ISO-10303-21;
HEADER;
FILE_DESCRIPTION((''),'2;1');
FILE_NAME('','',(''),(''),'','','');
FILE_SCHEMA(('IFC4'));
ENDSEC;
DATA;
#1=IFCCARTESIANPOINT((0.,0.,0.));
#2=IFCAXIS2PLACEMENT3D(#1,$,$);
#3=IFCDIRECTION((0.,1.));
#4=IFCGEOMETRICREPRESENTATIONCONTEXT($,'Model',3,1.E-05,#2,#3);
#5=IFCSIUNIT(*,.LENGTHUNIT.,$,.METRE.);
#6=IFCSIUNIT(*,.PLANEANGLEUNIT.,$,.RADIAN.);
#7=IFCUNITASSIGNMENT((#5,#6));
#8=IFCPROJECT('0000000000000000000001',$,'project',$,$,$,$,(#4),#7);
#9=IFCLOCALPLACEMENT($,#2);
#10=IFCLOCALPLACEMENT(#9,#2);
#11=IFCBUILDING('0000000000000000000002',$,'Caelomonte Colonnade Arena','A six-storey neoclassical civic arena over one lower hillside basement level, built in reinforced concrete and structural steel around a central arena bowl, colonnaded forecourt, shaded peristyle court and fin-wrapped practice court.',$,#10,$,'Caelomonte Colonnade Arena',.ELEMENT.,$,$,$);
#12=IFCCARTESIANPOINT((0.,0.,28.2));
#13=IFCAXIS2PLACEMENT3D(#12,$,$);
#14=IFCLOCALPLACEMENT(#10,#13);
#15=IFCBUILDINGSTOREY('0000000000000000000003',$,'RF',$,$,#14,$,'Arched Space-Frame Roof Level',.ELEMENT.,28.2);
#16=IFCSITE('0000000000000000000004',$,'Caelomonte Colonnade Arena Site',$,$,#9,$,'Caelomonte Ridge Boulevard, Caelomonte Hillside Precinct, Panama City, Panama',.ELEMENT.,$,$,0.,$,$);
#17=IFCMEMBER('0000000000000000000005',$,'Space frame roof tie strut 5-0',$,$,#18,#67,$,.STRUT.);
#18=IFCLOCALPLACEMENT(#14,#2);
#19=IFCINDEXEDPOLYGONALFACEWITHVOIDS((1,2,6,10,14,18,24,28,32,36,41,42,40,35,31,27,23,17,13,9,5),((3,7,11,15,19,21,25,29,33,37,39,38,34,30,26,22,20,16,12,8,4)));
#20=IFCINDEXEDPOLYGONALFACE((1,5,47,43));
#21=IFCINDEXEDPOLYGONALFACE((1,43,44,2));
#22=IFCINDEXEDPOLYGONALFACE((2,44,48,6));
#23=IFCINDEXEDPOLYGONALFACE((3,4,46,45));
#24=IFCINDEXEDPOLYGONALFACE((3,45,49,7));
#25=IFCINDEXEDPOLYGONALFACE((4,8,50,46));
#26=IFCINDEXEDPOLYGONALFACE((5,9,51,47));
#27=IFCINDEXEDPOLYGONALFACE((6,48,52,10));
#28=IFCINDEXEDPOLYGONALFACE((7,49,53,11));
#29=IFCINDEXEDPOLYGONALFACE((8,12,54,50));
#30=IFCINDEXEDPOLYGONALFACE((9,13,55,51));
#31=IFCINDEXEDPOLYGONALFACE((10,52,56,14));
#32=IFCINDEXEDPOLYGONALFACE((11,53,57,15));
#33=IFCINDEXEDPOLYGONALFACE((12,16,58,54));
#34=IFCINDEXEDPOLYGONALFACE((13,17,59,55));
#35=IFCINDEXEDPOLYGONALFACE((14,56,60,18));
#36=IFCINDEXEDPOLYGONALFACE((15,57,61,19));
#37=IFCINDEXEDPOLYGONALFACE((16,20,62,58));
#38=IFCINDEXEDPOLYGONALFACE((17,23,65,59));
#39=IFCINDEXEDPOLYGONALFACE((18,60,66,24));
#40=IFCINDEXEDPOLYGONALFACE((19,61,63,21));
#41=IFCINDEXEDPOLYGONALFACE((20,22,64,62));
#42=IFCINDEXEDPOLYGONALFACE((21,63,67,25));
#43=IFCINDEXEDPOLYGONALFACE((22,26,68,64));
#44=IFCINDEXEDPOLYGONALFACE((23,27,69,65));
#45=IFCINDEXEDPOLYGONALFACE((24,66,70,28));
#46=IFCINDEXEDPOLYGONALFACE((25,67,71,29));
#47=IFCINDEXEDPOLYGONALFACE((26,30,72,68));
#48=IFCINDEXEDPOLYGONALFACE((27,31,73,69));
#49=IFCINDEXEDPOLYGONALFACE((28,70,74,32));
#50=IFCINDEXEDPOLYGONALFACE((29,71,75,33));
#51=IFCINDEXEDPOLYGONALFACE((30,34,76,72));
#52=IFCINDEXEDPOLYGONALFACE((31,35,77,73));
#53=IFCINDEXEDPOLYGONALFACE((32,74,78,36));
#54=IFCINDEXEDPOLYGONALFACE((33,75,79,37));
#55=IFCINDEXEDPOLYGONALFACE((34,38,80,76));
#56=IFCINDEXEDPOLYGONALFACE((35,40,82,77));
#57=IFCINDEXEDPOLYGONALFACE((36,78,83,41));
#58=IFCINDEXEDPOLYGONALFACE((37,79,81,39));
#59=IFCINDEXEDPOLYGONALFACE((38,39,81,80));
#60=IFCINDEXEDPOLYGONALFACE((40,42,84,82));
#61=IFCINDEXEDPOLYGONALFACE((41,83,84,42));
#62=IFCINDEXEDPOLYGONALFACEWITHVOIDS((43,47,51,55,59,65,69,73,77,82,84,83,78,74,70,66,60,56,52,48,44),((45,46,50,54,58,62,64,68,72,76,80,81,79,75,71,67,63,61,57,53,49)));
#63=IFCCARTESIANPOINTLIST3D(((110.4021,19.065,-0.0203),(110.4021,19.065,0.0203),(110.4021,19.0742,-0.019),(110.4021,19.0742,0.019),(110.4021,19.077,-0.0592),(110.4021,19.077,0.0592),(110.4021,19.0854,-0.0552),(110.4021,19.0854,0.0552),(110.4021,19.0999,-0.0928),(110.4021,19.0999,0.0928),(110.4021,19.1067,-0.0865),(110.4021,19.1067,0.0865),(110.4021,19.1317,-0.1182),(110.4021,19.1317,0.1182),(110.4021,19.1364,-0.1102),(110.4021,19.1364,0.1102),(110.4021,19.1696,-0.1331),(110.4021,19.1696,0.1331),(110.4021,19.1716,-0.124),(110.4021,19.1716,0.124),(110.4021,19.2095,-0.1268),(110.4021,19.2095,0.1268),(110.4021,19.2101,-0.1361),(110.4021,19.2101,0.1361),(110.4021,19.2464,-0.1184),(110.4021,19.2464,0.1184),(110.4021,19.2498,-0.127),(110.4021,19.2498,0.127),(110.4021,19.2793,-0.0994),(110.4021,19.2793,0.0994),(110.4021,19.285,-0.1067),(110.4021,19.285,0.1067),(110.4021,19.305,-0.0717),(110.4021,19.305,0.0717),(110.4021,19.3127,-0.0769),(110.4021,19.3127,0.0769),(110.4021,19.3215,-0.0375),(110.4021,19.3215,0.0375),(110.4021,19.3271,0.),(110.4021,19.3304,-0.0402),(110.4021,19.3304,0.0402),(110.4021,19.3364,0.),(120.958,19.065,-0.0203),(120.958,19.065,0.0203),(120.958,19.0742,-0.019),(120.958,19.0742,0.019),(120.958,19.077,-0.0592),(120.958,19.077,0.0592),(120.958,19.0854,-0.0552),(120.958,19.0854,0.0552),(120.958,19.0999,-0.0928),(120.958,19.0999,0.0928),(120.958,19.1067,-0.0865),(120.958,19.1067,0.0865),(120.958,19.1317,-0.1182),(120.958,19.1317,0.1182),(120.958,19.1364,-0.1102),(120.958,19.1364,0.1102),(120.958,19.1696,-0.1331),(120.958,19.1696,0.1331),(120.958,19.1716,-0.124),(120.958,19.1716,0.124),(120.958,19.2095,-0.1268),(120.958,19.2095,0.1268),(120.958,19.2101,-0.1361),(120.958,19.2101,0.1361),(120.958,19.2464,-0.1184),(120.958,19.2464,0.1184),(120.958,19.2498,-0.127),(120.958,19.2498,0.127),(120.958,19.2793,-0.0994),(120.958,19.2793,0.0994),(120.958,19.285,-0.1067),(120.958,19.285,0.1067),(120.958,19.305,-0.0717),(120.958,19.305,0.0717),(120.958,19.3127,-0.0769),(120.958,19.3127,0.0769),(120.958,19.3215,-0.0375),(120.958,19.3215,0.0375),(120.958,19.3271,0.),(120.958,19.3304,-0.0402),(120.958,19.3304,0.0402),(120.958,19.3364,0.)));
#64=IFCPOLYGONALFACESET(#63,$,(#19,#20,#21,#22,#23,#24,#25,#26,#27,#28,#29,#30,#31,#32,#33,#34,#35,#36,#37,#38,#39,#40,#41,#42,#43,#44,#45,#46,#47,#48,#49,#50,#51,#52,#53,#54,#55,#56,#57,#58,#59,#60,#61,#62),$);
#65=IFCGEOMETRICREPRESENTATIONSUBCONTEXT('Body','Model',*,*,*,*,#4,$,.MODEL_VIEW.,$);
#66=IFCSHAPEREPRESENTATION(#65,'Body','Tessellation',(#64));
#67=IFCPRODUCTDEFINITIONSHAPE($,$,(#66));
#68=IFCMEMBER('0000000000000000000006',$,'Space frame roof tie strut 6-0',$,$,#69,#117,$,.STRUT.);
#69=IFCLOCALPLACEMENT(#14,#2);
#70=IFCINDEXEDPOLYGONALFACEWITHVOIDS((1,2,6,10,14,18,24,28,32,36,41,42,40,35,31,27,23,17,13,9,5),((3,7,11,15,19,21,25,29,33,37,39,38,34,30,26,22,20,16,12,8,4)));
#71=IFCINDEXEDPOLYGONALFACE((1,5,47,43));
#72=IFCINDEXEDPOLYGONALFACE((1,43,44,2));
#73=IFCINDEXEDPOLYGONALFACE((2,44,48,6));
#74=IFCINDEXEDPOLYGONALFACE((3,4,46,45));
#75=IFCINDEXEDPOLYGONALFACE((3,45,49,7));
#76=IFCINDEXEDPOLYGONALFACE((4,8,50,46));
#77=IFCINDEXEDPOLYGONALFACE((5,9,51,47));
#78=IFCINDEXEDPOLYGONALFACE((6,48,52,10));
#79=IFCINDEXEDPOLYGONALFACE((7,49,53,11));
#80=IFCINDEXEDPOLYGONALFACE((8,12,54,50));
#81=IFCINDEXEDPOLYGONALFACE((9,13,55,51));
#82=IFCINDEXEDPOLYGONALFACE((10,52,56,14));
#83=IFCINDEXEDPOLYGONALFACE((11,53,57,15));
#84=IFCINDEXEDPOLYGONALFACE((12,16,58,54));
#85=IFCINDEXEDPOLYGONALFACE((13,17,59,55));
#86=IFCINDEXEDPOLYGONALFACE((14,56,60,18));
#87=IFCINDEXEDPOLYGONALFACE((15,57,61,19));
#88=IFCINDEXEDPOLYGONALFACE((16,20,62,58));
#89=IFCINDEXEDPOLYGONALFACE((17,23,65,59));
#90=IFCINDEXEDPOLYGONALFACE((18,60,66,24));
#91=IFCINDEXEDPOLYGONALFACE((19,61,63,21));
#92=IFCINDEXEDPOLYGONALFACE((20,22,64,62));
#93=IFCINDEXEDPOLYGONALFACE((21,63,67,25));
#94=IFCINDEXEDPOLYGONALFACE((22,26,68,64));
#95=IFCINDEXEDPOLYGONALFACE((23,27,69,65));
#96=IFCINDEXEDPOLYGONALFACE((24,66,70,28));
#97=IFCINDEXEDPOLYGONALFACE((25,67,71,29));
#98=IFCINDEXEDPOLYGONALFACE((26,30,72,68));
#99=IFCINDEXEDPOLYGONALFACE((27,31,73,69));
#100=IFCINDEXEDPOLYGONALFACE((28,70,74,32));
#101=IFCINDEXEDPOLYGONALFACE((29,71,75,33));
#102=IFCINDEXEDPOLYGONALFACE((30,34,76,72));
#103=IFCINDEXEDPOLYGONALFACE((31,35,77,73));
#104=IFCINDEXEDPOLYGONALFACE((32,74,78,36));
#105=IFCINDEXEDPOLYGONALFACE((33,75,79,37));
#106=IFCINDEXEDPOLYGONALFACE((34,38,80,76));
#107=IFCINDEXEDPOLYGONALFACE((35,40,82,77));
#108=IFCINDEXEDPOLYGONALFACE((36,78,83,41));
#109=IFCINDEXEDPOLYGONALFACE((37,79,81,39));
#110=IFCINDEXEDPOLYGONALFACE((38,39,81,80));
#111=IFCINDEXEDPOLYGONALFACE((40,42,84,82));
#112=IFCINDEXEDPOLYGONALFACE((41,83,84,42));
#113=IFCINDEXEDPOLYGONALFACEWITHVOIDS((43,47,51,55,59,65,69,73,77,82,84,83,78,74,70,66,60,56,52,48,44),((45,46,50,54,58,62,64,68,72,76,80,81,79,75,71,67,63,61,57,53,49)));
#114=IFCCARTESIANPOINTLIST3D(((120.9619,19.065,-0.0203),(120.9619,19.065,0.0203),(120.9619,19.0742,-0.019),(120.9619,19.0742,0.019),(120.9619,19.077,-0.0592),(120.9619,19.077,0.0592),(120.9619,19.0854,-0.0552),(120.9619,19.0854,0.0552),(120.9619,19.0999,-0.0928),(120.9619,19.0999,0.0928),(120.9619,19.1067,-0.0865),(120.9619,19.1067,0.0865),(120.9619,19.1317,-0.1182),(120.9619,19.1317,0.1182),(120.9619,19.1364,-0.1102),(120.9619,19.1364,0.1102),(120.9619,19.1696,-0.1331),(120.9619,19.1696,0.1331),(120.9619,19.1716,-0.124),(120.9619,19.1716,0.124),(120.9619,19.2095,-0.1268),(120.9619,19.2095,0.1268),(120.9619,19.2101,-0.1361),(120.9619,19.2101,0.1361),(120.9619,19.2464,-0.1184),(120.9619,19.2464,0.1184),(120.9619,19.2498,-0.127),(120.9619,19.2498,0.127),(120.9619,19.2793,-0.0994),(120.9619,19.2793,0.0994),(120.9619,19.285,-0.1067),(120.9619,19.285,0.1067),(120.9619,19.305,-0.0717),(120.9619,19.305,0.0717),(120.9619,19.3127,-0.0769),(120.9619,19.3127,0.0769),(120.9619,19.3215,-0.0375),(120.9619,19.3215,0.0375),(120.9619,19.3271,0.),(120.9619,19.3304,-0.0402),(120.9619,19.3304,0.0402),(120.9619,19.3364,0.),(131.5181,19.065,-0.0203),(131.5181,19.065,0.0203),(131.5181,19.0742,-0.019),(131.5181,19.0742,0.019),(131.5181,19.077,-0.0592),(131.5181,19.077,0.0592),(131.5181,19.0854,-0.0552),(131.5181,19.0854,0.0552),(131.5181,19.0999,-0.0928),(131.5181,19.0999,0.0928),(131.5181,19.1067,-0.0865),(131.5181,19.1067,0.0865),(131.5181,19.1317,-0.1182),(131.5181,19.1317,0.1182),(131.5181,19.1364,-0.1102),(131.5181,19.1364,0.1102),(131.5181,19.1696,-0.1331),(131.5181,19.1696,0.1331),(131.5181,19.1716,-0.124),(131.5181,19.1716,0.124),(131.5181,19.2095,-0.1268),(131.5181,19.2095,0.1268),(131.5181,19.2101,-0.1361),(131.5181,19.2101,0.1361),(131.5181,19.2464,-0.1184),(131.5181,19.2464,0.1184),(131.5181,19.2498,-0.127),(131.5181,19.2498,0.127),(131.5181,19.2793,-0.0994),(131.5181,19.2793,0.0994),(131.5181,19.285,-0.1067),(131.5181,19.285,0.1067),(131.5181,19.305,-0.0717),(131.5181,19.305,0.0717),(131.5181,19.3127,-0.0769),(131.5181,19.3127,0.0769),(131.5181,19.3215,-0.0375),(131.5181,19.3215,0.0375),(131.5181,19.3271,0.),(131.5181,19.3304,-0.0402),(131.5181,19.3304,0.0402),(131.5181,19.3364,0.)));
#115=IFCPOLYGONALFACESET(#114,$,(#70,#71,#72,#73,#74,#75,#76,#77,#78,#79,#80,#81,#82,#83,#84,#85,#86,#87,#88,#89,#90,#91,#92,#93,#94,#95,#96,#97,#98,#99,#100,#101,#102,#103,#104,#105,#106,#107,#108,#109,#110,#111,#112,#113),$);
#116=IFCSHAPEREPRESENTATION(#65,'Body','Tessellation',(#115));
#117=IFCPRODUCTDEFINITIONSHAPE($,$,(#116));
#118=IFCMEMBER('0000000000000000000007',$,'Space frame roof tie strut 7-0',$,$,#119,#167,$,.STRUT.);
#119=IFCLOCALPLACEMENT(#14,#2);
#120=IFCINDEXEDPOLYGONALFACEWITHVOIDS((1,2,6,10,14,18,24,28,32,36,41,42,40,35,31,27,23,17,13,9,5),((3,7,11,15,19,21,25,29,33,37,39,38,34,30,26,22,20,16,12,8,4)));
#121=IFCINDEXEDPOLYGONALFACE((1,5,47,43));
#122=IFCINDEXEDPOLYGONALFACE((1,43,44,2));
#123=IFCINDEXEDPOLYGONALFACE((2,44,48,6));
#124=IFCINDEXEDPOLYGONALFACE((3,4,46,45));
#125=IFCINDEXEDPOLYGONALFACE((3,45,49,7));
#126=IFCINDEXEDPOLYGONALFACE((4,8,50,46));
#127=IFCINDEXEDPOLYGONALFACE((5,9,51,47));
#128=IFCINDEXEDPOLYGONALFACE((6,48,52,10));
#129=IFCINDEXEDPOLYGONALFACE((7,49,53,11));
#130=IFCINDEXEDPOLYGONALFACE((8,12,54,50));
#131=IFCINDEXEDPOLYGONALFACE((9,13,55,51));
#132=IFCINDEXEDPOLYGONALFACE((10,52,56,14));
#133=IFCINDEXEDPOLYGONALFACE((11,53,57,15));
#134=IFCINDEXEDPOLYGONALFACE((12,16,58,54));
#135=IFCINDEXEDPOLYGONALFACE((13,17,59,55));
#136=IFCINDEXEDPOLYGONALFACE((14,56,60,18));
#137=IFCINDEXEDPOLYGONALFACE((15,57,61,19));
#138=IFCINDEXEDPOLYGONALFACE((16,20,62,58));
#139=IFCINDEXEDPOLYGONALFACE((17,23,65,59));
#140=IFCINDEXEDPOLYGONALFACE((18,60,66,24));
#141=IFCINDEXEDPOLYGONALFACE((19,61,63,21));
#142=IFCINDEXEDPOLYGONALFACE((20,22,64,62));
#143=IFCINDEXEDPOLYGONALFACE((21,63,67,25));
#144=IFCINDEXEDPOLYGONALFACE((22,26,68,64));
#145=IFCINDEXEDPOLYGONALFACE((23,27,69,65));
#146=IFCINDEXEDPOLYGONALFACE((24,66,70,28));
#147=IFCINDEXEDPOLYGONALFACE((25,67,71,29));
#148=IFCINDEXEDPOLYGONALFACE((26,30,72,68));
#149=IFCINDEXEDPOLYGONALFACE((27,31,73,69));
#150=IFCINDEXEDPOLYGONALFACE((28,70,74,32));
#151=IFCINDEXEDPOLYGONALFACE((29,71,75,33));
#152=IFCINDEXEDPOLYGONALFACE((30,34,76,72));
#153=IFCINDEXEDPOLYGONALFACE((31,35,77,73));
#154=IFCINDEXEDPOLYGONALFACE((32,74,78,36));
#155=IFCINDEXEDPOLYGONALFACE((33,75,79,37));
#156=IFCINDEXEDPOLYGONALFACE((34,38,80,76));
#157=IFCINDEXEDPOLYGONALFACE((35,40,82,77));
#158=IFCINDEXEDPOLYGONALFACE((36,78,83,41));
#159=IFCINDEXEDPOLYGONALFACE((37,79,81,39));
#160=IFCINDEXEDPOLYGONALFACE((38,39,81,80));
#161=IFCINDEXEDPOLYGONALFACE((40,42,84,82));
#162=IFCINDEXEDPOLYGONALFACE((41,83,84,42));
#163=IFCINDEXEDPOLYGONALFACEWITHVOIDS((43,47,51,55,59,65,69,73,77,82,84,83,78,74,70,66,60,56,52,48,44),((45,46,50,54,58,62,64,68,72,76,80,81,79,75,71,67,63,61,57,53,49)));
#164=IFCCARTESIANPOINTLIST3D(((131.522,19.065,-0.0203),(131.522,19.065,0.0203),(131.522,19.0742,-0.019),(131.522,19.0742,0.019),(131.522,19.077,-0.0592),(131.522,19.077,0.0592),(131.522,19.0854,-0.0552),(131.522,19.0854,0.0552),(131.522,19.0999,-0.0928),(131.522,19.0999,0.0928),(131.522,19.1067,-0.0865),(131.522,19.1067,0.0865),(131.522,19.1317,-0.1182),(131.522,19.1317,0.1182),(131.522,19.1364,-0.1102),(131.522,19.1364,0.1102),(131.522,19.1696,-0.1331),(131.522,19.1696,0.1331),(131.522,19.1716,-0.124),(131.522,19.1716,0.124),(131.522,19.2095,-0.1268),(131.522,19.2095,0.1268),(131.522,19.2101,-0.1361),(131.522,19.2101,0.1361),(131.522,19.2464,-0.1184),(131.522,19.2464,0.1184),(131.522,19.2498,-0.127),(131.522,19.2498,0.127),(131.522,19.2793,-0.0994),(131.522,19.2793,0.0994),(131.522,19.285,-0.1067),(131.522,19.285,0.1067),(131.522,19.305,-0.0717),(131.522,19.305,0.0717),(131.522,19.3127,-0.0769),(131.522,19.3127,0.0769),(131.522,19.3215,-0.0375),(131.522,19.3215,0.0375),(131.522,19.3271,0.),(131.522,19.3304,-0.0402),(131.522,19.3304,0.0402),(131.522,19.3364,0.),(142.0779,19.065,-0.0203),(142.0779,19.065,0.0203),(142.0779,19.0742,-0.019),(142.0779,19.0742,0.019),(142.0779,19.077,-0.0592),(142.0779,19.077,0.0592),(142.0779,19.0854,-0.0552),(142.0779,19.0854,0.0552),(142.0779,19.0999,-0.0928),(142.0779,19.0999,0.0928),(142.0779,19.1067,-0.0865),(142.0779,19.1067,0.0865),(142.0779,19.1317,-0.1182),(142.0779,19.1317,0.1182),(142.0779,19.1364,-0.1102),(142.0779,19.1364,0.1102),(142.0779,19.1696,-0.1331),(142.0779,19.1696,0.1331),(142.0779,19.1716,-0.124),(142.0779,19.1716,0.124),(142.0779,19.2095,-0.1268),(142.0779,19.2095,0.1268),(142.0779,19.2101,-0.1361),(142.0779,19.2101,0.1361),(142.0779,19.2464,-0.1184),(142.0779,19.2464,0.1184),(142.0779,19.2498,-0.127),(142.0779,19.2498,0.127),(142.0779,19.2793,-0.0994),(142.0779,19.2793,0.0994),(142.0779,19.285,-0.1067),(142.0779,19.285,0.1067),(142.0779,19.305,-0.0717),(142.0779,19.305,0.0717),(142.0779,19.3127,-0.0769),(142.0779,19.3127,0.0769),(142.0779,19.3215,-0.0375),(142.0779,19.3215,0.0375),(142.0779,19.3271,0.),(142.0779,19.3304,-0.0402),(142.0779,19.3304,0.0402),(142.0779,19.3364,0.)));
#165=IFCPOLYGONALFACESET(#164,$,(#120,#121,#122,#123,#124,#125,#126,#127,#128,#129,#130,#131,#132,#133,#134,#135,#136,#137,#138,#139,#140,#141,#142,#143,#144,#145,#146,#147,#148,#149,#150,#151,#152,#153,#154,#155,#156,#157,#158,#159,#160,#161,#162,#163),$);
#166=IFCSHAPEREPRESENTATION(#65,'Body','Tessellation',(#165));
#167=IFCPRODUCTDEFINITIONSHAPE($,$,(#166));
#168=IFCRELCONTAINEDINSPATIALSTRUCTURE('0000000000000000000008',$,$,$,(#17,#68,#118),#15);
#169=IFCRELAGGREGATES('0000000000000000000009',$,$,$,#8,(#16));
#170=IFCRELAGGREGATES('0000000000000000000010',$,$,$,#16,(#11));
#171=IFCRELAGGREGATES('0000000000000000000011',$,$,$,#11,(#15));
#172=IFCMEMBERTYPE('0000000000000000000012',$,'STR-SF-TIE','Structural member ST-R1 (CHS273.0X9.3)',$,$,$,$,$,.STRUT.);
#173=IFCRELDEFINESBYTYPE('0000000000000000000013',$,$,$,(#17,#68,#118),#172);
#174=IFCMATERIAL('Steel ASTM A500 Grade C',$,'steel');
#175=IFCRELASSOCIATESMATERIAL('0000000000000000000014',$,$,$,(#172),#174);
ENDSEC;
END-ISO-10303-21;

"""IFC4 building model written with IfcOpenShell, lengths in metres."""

from ifc_helpers import new_model, si_unit, direction, frame, origin, origin_2d, place, context, subcontext, project, spatial, hollow_circle, extrude, material, material_profile, profile_set, type_object, element, save


model = new_model("IFC4")

# Units and contexts
model_context = context("Model", 3, precision=1e-05, world=origin(), true_north=direction((0.0, 1.0)))
body_context = subcontext(model_context, "Body", "Model", "MODEL_VIEW")
ifc_project = project(units=[si_unit("LENGTHUNIT", "METRE"), si_unit("PLANEANGLEUNIT", "RADIAN")], contexts=[model_context])

# Site, building, storey
site_placement = place(None, origin())
site = spatial("IfcSite", under=ifc_project, at=site_placement, Name="Caelomonte Colonnade Arena Site", LongName="Caelomonte Ridge Boulevard, Caelomonte Hillside Precinct, Panama City, Panama", CompositionType="ELEMENT", RefElevation=0.0)
building_placement = place(site_placement, origin())
building = spatial("IfcBuilding", under=site, at=building_placement, Name="Caelomonte Colonnade Arena", Description="A six-storey neoclassical civic arena over one lower hillside basement level, built in reinforced concrete and structural steel around a central arena bowl, colonnaded forecourt, shaded peristyle court and fin-wrapped practice court.", LongName="Caelomonte Colonnade Arena", CompositionType="ELEMENT")
storey_placement = place(building_placement, frame((0.0, 0.0, 28.2)))
storey = spatial("IfcBuildingStorey", under=building, at=storey_placement, Name="RF", LongName="Arched Space-Frame Roof Level", CompositionType="ELEMENT", Elevation=28.2)

# Members
ifc_material_1 = material(Name="Steel ASTM A500 Grade C", Category="steel")
ifc_material_profile_1 = material_profile(ifc_material_1, hollow_circle(Radius=0.1365, WallThickness=0.0093, at=origin_2d()), Name="CHS273.0X9.3")
ifc_profile_set_1 = profile_set([ifc_material_profile_1], Name="Steel ASTM A500 Grade C")
member_type_1 = type_object("IfcMemberType", Name="STR-SF-TIE", Description="Structural member ST-R1 (CHS273.0X9.3)", PredefinedType="STRUT", material=ifc_profile_set_1)
member_1_placement = place(storey_placement, frame((110.4021, 19.2, 0.0), z_axis=(1.0, 0.0, 0.0), x_axis=(0.0, 1.0, 0.0)))
element("IfcMember", 1, at=member_1_placement, inside=storey, type_object=member_type_1, Name="Space frame roof tie strut 5-0", PredefinedType="STRUT", context=body_context, shape_type="SweptSolid", body=[
    extrude(hollow_circle(Radius=0.1365, WallThickness=0.0093, at=origin_2d()), origin(), (0.0, 0.0, 1.0), 10.5559),
])
member_2_placement = place(storey_placement, frame((120.9619, 19.2, 0.0), z_axis=(1.0, 0.0, 0.0), x_axis=(0.0, 1.0, 0.0)))
element("IfcMember", 2, at=member_2_placement, inside=storey, type_object=member_type_1, Name="Space frame roof tie strut 6-0", PredefinedType="STRUT", context=body_context, shape_type="SweptSolid", body=[
    extrude(hollow_circle(Radius=0.1365, WallThickness=0.0093, at=origin_2d()), origin(), (0.0, 0.0, 1.0), 10.5562),
])
member_3_placement = place(storey_placement, frame((131.522, 19.2, 0.0), z_axis=(1.0, 0.0, 0.0), x_axis=(0.0, 1.0, 0.0)))
element("IfcMember", 3, at=member_3_placement, inside=storey, type_object=member_type_1, Name="Space frame roof tie strut 7-0", PredefinedType="STRUT", context=body_context, shape_type="SweptSolid", body=[
    extrude(hollow_circle(Radius=0.1365, WallThickness=0.0093, at=origin_2d()), origin(), (0.0, 0.0, 1.0), 10.5559),
])

save(model, "model.ifc")
